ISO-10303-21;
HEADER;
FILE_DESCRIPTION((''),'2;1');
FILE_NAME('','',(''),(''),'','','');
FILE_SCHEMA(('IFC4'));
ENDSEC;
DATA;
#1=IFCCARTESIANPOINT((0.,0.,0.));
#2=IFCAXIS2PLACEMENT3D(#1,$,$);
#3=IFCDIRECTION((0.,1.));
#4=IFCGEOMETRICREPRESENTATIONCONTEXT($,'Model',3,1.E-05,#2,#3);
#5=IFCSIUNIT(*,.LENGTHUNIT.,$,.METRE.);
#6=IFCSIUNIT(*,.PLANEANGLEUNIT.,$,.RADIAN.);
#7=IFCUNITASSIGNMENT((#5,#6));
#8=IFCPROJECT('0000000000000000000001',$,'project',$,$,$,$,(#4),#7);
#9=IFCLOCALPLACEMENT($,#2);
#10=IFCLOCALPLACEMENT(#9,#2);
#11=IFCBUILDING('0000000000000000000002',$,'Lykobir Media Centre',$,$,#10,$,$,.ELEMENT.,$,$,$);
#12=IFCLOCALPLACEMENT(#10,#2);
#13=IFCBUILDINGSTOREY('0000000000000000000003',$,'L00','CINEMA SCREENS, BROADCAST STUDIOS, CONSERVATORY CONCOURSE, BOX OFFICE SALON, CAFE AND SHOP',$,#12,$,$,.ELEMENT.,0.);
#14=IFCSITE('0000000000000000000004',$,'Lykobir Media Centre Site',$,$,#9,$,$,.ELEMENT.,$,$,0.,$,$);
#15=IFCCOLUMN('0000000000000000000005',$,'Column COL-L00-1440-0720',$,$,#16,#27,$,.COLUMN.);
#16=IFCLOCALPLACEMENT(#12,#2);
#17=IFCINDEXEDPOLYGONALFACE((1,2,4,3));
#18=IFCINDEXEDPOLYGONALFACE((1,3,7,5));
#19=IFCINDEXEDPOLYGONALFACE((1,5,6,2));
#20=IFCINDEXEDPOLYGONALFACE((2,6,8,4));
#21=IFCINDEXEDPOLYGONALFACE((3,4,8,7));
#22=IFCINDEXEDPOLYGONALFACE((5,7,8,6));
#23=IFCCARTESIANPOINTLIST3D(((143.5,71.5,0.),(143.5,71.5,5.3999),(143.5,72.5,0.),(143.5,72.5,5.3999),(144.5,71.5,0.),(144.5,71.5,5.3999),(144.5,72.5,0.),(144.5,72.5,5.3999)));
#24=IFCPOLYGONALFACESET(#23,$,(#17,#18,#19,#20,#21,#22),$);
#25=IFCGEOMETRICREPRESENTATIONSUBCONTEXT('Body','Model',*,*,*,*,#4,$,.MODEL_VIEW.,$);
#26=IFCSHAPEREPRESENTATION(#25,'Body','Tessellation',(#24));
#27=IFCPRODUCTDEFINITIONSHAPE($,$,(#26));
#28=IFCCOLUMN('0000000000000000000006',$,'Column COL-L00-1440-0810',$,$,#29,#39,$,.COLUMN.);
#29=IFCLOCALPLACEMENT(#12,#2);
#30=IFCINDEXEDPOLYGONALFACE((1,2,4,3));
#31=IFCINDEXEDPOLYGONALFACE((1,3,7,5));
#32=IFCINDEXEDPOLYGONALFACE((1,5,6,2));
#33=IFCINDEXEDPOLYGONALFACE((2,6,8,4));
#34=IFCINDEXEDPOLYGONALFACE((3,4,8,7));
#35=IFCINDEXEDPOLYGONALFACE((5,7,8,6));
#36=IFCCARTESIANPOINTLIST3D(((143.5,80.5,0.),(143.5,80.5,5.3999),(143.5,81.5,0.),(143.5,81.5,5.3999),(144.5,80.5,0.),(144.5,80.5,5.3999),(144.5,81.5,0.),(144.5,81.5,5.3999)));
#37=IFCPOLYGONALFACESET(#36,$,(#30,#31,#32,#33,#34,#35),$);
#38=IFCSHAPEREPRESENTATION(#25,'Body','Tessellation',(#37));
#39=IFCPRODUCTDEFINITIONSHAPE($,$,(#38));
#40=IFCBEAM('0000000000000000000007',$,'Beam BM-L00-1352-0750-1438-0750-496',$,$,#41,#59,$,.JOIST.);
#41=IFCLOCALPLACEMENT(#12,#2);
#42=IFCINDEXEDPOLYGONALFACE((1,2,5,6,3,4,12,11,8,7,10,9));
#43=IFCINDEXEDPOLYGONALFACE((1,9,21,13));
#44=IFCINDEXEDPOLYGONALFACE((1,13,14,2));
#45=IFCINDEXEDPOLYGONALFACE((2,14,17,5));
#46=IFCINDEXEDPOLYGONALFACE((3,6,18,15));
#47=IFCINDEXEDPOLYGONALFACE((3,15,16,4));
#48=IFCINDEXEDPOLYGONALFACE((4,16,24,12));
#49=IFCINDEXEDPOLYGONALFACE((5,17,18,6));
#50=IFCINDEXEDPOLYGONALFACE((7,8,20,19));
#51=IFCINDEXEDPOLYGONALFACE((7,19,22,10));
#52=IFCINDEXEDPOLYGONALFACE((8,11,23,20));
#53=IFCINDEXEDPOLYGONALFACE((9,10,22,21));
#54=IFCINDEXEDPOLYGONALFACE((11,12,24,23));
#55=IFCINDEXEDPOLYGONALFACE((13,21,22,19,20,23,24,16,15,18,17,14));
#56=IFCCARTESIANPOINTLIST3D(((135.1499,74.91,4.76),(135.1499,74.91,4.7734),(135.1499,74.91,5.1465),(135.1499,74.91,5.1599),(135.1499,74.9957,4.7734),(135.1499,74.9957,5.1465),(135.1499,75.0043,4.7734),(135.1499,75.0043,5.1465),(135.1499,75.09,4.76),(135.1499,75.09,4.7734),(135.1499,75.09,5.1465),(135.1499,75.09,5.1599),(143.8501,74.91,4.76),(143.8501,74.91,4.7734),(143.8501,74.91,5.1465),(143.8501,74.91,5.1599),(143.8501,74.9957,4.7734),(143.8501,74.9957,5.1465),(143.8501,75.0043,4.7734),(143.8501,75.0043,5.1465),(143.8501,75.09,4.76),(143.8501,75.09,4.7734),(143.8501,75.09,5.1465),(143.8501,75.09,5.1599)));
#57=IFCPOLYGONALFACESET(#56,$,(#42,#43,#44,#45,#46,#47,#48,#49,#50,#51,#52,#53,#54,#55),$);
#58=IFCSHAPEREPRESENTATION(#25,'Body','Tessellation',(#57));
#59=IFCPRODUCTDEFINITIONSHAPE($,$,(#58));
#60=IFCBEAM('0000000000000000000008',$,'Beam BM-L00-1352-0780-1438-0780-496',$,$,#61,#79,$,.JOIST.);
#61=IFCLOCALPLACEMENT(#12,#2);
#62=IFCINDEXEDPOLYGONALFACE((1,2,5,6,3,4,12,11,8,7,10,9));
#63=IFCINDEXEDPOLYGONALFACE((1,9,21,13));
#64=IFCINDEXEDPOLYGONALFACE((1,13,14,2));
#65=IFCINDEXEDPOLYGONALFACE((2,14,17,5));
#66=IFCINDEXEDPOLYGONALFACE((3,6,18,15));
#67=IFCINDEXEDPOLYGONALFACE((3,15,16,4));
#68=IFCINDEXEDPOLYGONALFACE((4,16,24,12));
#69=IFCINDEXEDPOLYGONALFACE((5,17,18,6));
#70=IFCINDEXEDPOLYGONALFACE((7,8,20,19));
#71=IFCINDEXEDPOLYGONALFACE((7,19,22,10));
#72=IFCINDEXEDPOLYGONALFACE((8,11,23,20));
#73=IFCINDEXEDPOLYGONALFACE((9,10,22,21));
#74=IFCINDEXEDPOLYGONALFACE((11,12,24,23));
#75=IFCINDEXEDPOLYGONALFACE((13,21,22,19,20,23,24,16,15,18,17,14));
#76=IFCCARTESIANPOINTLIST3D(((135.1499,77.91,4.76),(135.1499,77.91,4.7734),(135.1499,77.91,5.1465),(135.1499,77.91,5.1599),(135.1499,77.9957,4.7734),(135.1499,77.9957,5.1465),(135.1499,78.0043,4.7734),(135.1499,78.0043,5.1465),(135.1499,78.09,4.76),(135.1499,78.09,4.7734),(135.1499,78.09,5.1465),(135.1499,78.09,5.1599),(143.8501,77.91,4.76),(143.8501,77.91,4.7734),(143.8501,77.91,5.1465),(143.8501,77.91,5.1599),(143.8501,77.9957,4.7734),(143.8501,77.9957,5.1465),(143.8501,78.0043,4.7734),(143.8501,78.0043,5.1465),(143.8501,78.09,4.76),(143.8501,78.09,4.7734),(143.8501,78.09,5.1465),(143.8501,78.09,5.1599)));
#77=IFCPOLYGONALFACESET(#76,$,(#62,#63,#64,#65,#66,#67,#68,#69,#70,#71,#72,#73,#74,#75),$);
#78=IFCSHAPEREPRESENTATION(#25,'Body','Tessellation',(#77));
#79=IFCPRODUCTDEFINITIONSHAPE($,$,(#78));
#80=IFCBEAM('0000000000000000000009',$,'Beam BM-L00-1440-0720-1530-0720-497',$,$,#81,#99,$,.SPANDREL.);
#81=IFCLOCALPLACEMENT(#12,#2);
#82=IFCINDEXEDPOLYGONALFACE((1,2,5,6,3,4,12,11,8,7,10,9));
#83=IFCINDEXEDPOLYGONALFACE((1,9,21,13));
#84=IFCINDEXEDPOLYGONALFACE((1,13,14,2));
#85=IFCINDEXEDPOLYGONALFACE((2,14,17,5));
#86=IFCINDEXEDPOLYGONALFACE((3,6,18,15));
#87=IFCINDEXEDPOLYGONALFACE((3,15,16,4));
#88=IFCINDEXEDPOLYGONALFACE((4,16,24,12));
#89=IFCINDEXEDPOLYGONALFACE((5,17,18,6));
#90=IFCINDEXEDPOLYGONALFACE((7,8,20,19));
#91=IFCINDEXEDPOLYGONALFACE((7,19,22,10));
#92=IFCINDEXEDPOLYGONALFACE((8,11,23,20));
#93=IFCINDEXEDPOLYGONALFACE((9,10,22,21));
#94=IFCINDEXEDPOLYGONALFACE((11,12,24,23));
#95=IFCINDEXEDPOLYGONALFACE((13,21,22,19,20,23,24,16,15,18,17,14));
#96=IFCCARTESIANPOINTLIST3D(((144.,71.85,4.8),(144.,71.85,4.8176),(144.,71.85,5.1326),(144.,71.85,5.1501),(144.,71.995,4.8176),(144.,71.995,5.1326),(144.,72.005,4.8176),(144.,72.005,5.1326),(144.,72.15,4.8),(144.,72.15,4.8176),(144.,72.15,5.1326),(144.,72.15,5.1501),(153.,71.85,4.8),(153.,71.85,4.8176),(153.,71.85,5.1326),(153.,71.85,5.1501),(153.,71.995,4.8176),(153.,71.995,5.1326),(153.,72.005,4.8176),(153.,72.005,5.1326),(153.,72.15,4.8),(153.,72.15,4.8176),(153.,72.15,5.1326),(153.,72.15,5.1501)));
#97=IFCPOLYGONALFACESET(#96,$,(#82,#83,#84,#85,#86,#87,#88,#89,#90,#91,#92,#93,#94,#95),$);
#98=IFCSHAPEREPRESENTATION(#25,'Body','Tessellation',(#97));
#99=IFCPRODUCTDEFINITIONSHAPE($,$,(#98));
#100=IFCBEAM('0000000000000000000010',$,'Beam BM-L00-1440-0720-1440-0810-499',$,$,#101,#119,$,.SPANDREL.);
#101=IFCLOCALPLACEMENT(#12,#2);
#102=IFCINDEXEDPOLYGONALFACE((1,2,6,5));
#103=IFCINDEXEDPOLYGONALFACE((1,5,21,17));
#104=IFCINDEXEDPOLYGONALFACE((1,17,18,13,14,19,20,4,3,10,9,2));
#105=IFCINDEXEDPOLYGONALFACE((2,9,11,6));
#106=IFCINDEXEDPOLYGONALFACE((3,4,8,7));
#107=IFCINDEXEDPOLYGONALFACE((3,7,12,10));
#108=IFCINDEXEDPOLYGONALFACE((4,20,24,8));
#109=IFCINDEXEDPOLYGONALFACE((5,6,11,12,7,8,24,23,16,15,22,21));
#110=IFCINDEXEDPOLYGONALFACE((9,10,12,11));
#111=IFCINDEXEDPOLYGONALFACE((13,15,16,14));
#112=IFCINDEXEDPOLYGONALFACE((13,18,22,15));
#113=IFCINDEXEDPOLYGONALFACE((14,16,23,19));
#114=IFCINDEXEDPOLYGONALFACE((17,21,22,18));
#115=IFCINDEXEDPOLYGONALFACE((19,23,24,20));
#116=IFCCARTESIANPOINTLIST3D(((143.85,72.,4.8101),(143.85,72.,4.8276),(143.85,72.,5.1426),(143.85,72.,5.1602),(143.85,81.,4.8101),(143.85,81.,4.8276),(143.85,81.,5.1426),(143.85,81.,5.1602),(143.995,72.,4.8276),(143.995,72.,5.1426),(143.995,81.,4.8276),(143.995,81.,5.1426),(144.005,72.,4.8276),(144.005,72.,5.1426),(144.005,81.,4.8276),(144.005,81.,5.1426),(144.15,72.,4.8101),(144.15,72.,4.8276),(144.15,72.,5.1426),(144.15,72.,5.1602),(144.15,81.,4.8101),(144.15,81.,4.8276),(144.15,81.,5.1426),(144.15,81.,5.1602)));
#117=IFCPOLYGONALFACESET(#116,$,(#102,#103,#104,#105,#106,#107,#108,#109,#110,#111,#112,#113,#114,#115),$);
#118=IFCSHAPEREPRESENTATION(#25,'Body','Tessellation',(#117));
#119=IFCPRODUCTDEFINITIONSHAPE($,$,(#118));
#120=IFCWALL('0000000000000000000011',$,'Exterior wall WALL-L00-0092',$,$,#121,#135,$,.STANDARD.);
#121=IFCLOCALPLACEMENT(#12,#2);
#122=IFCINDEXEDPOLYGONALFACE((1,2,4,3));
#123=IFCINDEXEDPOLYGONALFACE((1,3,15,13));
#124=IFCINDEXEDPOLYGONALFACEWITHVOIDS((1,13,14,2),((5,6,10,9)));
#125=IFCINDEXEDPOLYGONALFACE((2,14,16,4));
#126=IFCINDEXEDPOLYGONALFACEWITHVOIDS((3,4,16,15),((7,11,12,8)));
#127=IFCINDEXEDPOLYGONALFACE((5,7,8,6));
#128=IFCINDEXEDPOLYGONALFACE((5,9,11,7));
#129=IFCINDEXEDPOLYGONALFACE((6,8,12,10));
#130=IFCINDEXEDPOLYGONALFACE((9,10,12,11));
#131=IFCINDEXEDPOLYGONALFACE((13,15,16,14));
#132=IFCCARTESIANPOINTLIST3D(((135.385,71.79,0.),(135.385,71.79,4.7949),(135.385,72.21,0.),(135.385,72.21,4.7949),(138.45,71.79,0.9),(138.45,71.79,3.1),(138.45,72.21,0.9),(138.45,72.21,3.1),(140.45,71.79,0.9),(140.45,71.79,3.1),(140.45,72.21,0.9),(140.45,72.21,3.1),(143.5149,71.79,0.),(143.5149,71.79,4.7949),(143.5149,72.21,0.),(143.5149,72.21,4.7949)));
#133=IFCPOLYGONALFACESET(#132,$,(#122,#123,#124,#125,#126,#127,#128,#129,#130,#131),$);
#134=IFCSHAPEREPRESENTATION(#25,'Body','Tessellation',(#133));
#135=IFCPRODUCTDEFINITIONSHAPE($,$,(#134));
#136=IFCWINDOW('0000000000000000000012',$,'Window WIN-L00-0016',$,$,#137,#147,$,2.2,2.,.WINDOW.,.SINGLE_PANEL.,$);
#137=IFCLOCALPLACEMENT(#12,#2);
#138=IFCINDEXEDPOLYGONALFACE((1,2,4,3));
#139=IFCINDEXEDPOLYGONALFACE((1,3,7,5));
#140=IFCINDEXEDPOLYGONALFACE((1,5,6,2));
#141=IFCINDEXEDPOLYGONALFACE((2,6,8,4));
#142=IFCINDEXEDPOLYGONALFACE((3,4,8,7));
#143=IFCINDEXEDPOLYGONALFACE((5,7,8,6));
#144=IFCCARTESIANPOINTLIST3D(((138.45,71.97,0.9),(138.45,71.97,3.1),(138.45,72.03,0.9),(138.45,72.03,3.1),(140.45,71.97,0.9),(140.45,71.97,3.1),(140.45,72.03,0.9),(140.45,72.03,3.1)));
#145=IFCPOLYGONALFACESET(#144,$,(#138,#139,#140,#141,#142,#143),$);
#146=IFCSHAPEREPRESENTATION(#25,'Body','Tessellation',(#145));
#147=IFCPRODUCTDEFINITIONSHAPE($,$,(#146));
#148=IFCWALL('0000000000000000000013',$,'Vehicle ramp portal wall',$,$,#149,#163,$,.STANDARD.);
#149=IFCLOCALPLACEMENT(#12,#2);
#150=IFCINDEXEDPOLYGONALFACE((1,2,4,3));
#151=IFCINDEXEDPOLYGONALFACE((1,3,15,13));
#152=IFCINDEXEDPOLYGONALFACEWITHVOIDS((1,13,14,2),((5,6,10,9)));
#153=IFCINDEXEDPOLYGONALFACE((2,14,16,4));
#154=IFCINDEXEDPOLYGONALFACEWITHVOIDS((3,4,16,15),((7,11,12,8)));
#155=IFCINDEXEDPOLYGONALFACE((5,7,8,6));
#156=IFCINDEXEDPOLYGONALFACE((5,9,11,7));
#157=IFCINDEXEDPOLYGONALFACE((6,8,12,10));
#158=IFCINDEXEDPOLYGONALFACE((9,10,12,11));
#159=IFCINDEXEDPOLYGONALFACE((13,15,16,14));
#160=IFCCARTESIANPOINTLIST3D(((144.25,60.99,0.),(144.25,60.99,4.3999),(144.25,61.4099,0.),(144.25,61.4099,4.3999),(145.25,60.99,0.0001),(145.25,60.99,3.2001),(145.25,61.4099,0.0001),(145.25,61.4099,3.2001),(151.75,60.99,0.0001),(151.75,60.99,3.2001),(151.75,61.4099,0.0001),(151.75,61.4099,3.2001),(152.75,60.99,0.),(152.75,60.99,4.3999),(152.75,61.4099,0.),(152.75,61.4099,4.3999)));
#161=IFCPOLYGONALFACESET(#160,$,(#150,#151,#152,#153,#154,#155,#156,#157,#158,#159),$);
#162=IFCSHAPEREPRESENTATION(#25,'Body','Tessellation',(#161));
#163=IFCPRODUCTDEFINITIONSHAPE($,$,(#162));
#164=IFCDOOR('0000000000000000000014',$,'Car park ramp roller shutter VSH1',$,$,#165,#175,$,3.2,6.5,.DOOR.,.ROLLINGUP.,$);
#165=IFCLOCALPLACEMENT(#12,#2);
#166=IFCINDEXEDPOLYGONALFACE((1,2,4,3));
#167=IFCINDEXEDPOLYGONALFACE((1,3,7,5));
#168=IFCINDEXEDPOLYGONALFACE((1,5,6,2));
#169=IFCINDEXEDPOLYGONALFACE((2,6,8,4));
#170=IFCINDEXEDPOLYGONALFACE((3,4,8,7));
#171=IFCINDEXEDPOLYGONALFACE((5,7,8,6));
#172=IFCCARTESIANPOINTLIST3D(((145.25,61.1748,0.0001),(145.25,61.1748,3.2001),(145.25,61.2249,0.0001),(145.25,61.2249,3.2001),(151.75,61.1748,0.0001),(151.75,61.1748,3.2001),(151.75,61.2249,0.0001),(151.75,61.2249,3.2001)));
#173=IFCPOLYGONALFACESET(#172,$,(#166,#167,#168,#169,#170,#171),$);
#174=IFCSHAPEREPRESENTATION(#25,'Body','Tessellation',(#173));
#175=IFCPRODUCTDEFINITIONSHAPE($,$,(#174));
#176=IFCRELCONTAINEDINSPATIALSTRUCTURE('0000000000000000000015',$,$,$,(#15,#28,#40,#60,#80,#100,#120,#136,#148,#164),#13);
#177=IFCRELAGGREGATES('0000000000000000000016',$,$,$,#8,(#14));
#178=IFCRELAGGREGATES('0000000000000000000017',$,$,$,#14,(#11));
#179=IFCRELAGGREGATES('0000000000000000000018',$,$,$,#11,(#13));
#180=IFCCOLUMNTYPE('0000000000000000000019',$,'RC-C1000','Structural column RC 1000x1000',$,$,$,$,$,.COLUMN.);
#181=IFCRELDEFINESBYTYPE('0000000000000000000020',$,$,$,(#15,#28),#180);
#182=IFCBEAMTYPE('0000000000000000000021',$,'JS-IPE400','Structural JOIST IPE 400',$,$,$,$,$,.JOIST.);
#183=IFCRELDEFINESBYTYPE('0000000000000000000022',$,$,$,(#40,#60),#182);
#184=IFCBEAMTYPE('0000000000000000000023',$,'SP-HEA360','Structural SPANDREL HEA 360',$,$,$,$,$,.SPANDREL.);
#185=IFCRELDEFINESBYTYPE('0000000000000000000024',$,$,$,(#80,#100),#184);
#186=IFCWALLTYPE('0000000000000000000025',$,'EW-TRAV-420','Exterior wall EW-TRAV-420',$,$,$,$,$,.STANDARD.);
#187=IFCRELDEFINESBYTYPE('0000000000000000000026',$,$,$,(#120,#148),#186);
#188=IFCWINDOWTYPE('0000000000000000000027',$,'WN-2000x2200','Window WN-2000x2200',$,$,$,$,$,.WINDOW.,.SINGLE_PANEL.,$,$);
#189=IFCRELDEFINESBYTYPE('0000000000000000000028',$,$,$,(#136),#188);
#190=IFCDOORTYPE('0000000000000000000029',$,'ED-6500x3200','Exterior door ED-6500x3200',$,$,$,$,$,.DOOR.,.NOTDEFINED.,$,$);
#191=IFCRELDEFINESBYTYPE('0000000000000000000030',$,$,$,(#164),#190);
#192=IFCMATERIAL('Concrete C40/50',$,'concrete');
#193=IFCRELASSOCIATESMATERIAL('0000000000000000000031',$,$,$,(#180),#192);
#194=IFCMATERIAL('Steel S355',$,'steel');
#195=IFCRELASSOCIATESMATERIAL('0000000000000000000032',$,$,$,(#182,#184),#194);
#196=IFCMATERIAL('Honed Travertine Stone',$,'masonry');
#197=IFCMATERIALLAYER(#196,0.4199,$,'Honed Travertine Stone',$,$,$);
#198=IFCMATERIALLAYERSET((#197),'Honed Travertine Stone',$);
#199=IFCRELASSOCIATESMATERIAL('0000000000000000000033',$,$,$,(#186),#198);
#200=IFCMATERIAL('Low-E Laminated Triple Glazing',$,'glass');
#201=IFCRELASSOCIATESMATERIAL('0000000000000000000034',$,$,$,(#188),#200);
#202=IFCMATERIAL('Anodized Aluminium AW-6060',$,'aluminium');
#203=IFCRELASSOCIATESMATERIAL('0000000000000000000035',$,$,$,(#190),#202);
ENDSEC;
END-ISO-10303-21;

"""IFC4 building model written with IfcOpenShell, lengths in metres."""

from ifc_helpers import new_model, si_unit, direction, frame, frame_2d, origin, origin_2d, place, context, subcontext, project, spatial, rectangle, i_section, extrude, material, layer, layer_set, material_profile, profile_set, type_object, element, fill, save


model = new_model("IFC4")

# Units and contexts
model_context = context("Model", 3, precision=1e-05, world=origin(), true_north=direction((0.0, 1.0)))
body_context = subcontext(model_context, "Body", "Model", "MODEL_VIEW")
ifc_project = project(units=[si_unit("LENGTHUNIT", "METRE"), si_unit("PLANEANGLEUNIT", "RADIAN")], contexts=[model_context])

# Site, building, storey
site_placement = place(None, origin())
site = spatial("IfcSite", under=ifc_project, at=site_placement, Name="Lykobir Media Centre Site", CompositionType="ELEMENT", RefElevation=0.0)
building_placement = place(site_placement, origin())
building = spatial("IfcBuilding", under=site, at=building_placement, Name="Lykobir Media Centre", CompositionType="ELEMENT")
storey_placement = place(building_placement, origin())
storey = spatial("IfcBuildingStorey", under=building, at=storey_placement, Name="L00", Description="CINEMA SCREENS, BROADCAST STUDIOS, CONSERVATORY CONCOURSE, BOX OFFICE SALON, CAFE AND SHOP", CompositionType="ELEMENT", Elevation=0.0)

# Columns
ifc_material_1 = material(Name="Concrete C40/50", Category="concrete")
ifc_material_profile_1 = material_profile(ifc_material_1, rectangle(XDim=1.0, YDim=1.0, at=origin_2d()), Name="RC 1000x1000")
ifc_profile_set_1 = profile_set([ifc_material_profile_1], Name="Concrete C40/50")
column_type = type_object("IfcColumnType", Name="RC-C1000", Description="Structural column RC 1000x1000", PredefinedType="COLUMN", material=ifc_profile_set_1)
for number, where, z_axis, x_axis, name in (
    (1, (144.0, 72.0, 0.0), (0.0, 0.0, 1.0), (1.0, 0.0, 0.0), "Column COL-L00-1440-0720"),
    (2, (144.0, 81.0, 0.0), (0.0, 0.0, 1.0), (1.0, 0.0, 0.0), "Column COL-L00-1440-0810"),
):
    element("IfcColumn", number, at=place(storey_placement, frame(where, z_axis=z_axis, x_axis=x_axis)), inside=storey, type_object=column_type, Name=name, PredefinedType="COLUMN", context=body_context, shape_type="SweptSolid", body=[
        extrude(rectangle(XDim=1.0, YDim=1.0, at=origin_2d()), origin(), (0.0, 0.0, 1.0), 5.3999),
    ])

# Beams
ifc_material_2 = material(Name="Steel S355", Category="steel")
ifc_material_profile_2 = material_profile(ifc_material_2, i_section(OverallWidth=0.1799, OverallDepth=0.3999, WebThickness=0.0085, FlangeThickness=0.0134, at=origin_2d()), Name="IPE 400")
ifc_profile_set_2 = profile_set([ifc_material_profile_2], Name="Steel S355")
beam_type_1 = type_object("IfcBeamType", Name="JS-IPE400", Description="Structural JOIST IPE 400", PredefinedType="JOIST", material=ifc_profile_set_2)
for number, where, z_axis, x_axis, name in (
    (3, (135.1499, 75.0, 4.96), (1.0, 0.0, 0.0), (0.0, 1.0, 0.0), "Beam BM-L00-1352-0750-1438-0750-496"),
    (4, (135.1499, 78.0, 4.96), (1.0, 0.0, 0.0), (0.0, 1.0, 0.0), "Beam BM-L00-1352-0780-1438-0780-496"),
):
    element("IfcBeam", number, at=place(storey_placement, frame(where, z_axis=z_axis, x_axis=x_axis)), inside=storey, type_object=beam_type_1, Name=name, PredefinedType="JOIST", context=body_context, shape_type="SweptSolid", body=[
        extrude(i_section(OverallWidth=0.1799, OverallDepth=0.3999, WebThickness=0.0085, FlangeThickness=0.0134, at=origin_2d()), origin(), (0.0, 0.0, 1.0), 8.7002),
    ])
ifc_material_profile_3 = material_profile(ifc_material_2, i_section(OverallWidth=0.3, OverallDepth=0.3501, WebThickness=0.01, FlangeThickness=0.0176, at=origin_2d()), Name="HEA 360")
ifc_profile_set_3 = profile_set([ifc_material_profile_3], Name="Steel S355")
beam_type_2 = type_object("IfcBeamType", Name="SP-HEA360", Description="Structural SPANDREL HEA 360", PredefinedType="SPANDREL", material=ifc_profile_set_3)
for number, where, z_axis, x_axis, name in (
    (5, (144.0, 72.0, 4.9751), (1.0, 0.0, 0.0), (0.0, 1.0, 0.0), "Beam BM-L00-1440-0720-1530-0720-497"),
    (6, (144.0, 72.0, 4.9851), (0.0, 1.0, 0.0), (-1.0, 0.0, 0.0), "Beam BM-L00-1440-0720-1440-0810-499"),
):
    element("IfcBeam", number, at=place(storey_placement, frame(where, z_axis=z_axis, x_axis=x_axis)), inside=storey, type_object=beam_type_2, Name=name, PredefinedType="SPANDREL", context=body_context, shape_type="SweptSolid", body=[
        extrude(i_section(OverallWidth=0.3, OverallDepth=0.3501, WebThickness=0.01, FlangeThickness=0.0176, at=origin_2d()), origin(), (0.0, 0.0, 1.0), 9.0),
    ])

# Shared definitions
ifc_material_3 = material(Name="Anodized Aluminium AW-6060", Category="aluminium")

# Wall, opening, window
ifc_material_4 = material(Name="Honed Travertine Stone", Category="masonry")
ifc_layer_1 = layer(ifc_material_4, 0.4199, Name="Honed Travertine Stone")
ifc_layer_set_1 = layer_set([ifc_layer_1], Name="Honed Travertine Stone")
wall_type_1 = type_object("IfcWallType", Name="EW-TRAV-420", Description="Exterior wall EW-TRAV-420", PredefinedType="STANDARD", material=ifc_layer_set_1)
wall_1_placement = place(storey_placement, frame((135.385, 72.0, 0.0), z_axis=(0.0, 0.0, 1.0), x_axis=(1.0, 0.0, 0.0)))
wall_1 = element("IfcWall", 7, at=wall_1_placement, inside=storey, type_object=wall_type_1, Name="Exterior wall WALL-L00-0092", PredefinedType="STANDARD", context=body_context, shape_type="SweptSolid", body=[
    extrude(rectangle(XDim=8.1299, YDim=0.4199, at=frame_2d((4.0649, 0.0))), origin(), (0.0, 0.0, 1.0), 4.7949),
])
opening_1_placement = place(wall_1_placement, frame((3.0649, 0.0, 0.8999)))
opening_1 = element("IfcOpeningElement", 8, at=opening_1_placement, cuts=wall_1, PredefinedType="OPENING", context=body_context, shape_type="SweptSolid", body=[
    extrude(rectangle(XDim=2.0, YDim=2.2, at=frame_2d((1.0, 1.1001))), frame((0.0, 0.22, 0.0), z_axis=(0.0, -1.0, 0.0), x_axis=(1.0, 0.0, 0.0)), (0.0, 0.0, 1.0), 0.4399),
])
ifc_material_5 = material(Name="Low-E Laminated Triple Glazing", Category="glass")
window_type = type_object("IfcWindowType", Name="WN-2000x2200", Description="Window WN-2000x2200", PartitioningType="SINGLE_PANEL", PredefinedType="WINDOW", material=ifc_material_5)
window_placement = place(opening_1_placement, origin())
window = element("IfcWindow", 9, at=window_placement, inside=storey, type_object=window_type, Name="Window WIN-L00-0016", OverallHeight=2.2, OverallWidth=2.0, PartitioningType="SINGLE_PANEL", PredefinedType="WINDOW", context=body_context, shape_type="SweptSolid", body=[
    extrude(rectangle(XDim=2.0, YDim=2.2, at=frame_2d((1.0, 1.1001))), frame((0.0, 0.03, 0.0), z_axis=(0.0, -1.0, 0.0), x_axis=(1.0, 0.0, 0.0)), (0.0, 0.0, 1.0), 0.0601),
])
fill(opening_1, window)

# Wall, opening, door
wall_2_placement = place(storey_placement, frame((144.25, 61.2, 0.0), z_axis=(0.0, 0.0, 1.0), x_axis=(1.0, 0.0, 0.0)))
wall_2 = element("IfcWall", 10, at=wall_2_placement, inside=storey, type_object=wall_type_1, Name="Vehicle ramp portal wall", PredefinedType="STANDARD", context=body_context, shape_type="SweptSolid", body=[
    extrude(rectangle(XDim=8.5, YDim=0.4199, at=frame_2d((4.25, 0.0))), origin(), (0.0, 0.0, 1.0), 4.3999),
])
opening_2_placement = place(wall_2_placement, frame((1.0, 0.0, 0.0)))
opening_2 = element("IfcOpeningElement", 11, at=opening_2_placement, cuts=wall_2, PredefinedType="OPENING", context=body_context, shape_type="SweptSolid", body=[
    extrude(rectangle(XDim=6.5, YDim=3.2, at=frame_2d((3.25, 1.6001))), frame((0.0, 0.22, 0.0), z_axis=(0.0, -1.0, 0.0), x_axis=(1.0, 0.0, 0.0)), (0.0, 0.0, 1.0), 0.4399),
])
door_type_1 = type_object("IfcDoorType", Name="ED-6500x3200", Description="Exterior door ED-6500x3200", OperationType="NOTDEFINED", PredefinedType="DOOR", material=ifc_material_3)
door_1_placement = place(opening_2_placement, origin())
door_1 = element("IfcDoor", 12, at=door_1_placement, inside=storey, type_object=door_type_1, Name="Car park ramp roller shutter VSH1", OperationType="ROLLINGUP", OverallHeight=3.2, OverallWidth=6.5, PredefinedType="DOOR", context=body_context, shape_type="SweptSolid", body=[
    extrude(rectangle(XDim=6.5, YDim=3.2, at=frame_2d((3.25, 1.6001))), frame((0.0, 0.0249, 0.0), z_axis=(0.0, -1.0, 0.0), x_axis=(1.0, 0.0, 0.0)), (0.0, 0.0, 1.0), 0.05),
])
fill(opening_2, door_1)

save(model, "model.ifc")
